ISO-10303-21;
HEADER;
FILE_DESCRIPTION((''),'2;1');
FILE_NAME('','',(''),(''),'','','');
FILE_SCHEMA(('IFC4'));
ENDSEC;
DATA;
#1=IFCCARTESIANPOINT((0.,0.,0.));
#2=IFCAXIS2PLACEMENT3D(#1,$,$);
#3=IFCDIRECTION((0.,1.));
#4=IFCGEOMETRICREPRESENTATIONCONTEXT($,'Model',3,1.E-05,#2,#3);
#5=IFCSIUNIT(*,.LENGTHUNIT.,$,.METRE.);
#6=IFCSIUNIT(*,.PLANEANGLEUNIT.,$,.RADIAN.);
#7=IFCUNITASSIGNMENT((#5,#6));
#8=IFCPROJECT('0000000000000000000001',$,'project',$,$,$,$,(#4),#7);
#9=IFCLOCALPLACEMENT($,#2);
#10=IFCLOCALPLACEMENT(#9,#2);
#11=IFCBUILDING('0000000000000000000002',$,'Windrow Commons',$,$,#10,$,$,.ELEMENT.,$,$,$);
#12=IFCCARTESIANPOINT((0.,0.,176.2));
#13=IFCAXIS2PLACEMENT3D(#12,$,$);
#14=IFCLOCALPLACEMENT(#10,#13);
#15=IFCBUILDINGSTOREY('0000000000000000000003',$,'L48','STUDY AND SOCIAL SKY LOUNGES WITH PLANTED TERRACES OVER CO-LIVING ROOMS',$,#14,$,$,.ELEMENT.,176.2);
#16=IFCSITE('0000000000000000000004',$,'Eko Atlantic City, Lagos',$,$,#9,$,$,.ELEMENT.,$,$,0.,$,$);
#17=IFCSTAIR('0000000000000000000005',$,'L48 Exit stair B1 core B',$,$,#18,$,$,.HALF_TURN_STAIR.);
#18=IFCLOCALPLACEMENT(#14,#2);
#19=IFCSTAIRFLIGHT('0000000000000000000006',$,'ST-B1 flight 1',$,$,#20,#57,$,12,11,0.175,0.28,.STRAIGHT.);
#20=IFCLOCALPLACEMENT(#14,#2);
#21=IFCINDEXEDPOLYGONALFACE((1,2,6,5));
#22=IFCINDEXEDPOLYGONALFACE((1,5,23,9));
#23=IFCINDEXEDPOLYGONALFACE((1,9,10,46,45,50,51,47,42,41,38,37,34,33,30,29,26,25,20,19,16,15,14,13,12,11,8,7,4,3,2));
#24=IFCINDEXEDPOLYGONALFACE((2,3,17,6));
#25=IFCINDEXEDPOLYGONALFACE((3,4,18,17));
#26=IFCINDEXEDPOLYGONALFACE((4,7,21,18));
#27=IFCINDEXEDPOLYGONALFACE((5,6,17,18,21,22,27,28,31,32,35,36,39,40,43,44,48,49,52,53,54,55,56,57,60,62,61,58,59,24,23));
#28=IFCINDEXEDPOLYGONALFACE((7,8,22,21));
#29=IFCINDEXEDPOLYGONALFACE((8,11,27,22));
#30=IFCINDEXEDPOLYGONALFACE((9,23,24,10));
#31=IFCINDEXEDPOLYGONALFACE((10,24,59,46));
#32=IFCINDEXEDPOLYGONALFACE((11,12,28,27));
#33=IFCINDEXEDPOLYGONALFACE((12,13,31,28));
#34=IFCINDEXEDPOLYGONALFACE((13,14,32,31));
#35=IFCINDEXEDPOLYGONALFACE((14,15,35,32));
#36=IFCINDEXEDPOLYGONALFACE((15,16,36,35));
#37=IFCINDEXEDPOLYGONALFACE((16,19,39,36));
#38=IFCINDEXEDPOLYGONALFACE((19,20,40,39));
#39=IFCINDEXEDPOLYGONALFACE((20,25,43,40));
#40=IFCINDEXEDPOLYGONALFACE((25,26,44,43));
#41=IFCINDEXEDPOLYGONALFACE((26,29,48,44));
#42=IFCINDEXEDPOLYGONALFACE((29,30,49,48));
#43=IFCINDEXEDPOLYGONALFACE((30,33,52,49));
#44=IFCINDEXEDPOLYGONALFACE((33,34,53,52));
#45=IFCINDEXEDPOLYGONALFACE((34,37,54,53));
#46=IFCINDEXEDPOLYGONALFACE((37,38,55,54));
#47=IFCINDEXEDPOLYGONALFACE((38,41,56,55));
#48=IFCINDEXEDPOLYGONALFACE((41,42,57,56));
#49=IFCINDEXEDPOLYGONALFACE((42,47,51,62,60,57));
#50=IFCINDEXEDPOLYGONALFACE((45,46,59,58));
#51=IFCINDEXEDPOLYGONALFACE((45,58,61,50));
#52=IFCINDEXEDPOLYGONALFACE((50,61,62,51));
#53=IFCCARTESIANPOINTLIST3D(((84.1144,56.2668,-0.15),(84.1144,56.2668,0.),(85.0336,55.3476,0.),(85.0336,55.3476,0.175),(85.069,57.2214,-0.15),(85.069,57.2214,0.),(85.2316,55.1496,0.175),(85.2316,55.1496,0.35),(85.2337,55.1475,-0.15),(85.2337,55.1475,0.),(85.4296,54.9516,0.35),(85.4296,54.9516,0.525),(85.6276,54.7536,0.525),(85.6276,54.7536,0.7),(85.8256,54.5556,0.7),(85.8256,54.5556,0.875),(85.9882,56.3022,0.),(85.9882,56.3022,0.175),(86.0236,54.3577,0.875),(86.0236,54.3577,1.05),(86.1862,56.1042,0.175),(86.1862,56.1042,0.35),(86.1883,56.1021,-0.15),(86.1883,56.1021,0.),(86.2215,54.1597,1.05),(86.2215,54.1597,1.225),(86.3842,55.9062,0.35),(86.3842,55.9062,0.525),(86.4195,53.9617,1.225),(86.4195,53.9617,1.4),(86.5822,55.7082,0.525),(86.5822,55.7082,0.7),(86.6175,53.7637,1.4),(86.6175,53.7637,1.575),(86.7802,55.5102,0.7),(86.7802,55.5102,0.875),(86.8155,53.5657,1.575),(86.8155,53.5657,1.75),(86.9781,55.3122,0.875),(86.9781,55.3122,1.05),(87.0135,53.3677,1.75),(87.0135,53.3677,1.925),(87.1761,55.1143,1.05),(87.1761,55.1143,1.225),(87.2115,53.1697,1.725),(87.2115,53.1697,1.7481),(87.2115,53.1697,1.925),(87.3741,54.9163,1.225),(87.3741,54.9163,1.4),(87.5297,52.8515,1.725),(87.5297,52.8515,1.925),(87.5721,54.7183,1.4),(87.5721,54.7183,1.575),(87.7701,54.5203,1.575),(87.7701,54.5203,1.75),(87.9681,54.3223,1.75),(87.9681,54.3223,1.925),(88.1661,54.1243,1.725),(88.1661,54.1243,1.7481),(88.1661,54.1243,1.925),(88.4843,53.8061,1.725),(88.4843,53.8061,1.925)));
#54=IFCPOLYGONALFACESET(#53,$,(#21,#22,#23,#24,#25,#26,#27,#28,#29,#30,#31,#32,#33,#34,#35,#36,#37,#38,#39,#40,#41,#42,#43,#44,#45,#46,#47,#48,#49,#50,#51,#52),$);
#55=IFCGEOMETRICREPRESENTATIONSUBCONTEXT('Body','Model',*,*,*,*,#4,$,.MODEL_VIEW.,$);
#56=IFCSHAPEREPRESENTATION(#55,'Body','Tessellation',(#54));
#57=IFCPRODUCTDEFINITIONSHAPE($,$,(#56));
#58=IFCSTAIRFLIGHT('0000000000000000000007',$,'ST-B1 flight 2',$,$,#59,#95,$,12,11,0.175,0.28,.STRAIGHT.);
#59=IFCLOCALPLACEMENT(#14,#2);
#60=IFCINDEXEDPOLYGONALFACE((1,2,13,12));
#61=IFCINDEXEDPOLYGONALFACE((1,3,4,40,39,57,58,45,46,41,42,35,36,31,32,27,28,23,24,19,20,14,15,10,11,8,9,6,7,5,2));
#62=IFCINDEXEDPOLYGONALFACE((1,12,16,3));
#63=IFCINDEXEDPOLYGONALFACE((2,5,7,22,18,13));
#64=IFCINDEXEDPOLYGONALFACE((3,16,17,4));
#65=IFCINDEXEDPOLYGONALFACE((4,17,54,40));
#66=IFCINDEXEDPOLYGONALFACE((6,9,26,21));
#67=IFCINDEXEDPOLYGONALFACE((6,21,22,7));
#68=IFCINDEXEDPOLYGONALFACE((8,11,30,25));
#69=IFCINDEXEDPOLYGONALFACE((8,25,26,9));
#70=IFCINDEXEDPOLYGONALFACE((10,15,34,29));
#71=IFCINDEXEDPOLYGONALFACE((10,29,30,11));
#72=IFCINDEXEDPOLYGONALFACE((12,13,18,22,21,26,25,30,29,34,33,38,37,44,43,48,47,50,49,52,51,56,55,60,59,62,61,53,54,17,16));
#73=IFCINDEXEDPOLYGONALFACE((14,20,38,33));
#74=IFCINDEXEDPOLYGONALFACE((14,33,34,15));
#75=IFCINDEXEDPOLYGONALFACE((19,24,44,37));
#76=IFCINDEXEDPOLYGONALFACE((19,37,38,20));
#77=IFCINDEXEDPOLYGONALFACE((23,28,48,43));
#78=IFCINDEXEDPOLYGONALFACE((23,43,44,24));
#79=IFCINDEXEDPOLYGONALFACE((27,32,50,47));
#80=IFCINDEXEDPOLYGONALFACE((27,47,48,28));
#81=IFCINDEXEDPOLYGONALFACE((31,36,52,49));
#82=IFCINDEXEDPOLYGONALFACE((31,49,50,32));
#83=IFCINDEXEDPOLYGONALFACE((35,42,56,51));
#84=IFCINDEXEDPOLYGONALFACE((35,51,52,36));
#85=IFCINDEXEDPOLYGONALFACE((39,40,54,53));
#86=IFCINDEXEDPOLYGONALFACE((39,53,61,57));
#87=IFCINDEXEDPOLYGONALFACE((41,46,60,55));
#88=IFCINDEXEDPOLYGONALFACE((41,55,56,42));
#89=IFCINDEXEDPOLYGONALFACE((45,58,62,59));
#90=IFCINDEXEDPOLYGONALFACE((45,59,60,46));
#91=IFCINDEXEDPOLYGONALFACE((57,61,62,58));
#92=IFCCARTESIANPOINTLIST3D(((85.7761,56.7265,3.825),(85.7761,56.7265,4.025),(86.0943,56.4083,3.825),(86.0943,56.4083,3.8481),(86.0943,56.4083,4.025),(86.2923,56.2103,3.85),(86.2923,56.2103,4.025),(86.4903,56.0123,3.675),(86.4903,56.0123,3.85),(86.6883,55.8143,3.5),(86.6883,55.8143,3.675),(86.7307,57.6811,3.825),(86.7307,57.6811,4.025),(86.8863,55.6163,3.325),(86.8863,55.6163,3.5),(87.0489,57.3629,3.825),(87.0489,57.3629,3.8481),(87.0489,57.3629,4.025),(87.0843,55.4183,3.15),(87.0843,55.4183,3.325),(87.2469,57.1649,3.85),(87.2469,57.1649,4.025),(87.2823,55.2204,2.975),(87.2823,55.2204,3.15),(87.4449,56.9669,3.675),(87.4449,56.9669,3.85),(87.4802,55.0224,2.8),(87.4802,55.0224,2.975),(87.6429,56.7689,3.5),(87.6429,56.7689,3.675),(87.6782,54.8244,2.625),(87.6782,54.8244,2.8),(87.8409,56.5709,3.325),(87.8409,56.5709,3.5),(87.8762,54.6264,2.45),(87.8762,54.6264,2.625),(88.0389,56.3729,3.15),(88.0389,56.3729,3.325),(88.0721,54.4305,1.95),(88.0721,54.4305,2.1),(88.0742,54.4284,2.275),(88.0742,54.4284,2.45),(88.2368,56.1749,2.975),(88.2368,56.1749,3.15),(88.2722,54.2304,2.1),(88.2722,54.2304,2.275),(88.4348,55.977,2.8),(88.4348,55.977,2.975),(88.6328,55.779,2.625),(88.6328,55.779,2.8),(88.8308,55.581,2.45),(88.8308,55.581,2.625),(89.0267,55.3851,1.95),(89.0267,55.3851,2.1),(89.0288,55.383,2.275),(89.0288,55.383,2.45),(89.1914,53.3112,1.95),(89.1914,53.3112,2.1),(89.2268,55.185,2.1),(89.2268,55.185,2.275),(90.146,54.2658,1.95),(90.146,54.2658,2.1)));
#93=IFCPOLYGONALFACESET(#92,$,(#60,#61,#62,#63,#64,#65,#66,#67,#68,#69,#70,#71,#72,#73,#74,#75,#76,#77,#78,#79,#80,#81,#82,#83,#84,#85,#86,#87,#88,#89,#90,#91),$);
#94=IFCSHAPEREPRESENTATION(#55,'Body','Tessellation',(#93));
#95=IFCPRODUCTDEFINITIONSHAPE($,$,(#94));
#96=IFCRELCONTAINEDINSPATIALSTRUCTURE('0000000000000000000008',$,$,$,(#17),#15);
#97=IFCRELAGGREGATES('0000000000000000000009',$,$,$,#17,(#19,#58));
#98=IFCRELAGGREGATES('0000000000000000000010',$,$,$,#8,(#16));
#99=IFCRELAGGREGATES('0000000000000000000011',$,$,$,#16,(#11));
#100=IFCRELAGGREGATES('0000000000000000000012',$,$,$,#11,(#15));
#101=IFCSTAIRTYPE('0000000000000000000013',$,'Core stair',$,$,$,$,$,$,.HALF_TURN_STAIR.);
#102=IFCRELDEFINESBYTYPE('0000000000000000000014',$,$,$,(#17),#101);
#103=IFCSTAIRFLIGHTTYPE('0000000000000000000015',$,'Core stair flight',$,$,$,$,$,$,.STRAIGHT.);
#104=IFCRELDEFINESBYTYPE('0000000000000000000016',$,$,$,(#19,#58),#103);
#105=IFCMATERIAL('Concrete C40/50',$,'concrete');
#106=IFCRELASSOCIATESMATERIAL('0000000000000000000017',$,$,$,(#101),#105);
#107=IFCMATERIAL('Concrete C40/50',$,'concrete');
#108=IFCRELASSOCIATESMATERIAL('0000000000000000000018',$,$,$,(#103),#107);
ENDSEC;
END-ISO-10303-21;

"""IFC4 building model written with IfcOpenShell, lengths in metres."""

from ifc_helpers import new_model, si_unit, direction, frame, origin, place, context, subcontext, project, spatial, polyline, outline, extrude, material, type_object, element, aggregate, save


model = new_model("IFC4")

# Units and contexts
model_context = context("Model", 3, precision=1e-05, world=origin(), true_north=direction((0.0, 1.0)))
body_context = subcontext(model_context, "Body", "Model", "MODEL_VIEW")
ifc_project = project(units=[si_unit("LENGTHUNIT", "METRE"), si_unit("PLANEANGLEUNIT", "RADIAN")], contexts=[model_context])

# Site, building, storey
site_placement = place(None, origin())
site = spatial("IfcSite", under=ifc_project, at=site_placement, Name="Eko Atlantic City, Lagos", CompositionType="ELEMENT", RefElevation=0.0)
building_placement = place(site_placement, origin())
building = spatial("IfcBuilding", under=site, at=building_placement, Name="Windrow Commons", CompositionType="ELEMENT")
storey_placement = place(building_placement, frame((0.0, 0.0, 176.2)))
storey = spatial("IfcBuildingStorey", under=building, at=storey_placement, Name="L48", Description="STUDY AND SOCIAL SKY LOUNGES WITH PLANTED TERRACES OVER CO-LIVING ROOMS", CompositionType="ELEMENT", Elevation=176.2)

# Shared definitions
placement = place(storey_placement, origin())

# Stair, stair flights
ifc_material_1 = material(Name="Concrete C40/50", Category="concrete")
stair_type = type_object("IfcStairType", Name="Core stair", PredefinedType="HALF_TURN_STAIR", material=ifc_material_1)
stair = element("IfcStair", 1, at=placement, inside=storey, type_object=stair_type, Name="L48 Exit stair B1 core B", PredefinedType="HALF_TURN_STAIR")
ifc_material_2 = material(Name="Concrete C40/50", Category="concrete")
stair_flight_type = type_object("IfcStairFlightType", Name="Core stair flight", PredefinedType="STRAIGHT", material=ifc_material_2)
stair_flight_1_placement = place(storey_placement, frame((85.5109, 55.8249, 0.0), z_axis=(0.0, 0.0, 1.0), x_axis=(0.707107, -0.707107, 0.0)))
stair_flight_1 = element("IfcStairFlight", 2, at=stair_flight_1_placement, type_object=stair_flight_type, Name="ST-B1 flight 1", NumberOfRisers=12, NumberOfTreads=11, PredefinedType="STRAIGHT", RiserHeight=0.175, TreadLength=0.28, context=body_context, shape_type="SweptSolid", body=[
    extrude(outline(polyline([(-1.3, -0.15), (-1.3, 0.0), (0.0, 0.0), (0.0, 0.175), (0.28, 0.175), (0.28, 0.35), (0.56, 0.35), (0.56, 0.525), (0.84, 0.525), (0.84, 0.7), (1.12, 0.7), (1.12, 0.875), (1.4, 0.875), (1.4, 1.05), (1.68, 1.05), (1.68, 1.225), (1.96, 1.225), (1.96, 1.4), (2.24, 1.4), (2.24, 1.575), (2.52, 1.575), (2.52, 1.75), (2.8, 1.75), (2.8, 1.925), (3.08, 1.925), (3.53, 1.925), (3.53, 1.725), (3.08, 1.725), (3.08, 1.7481), (0.283, 0.0), (0.283, -0.15), (-1.3, -0.15)])), frame((0.0, 0.675, 0.0), z_axis=(0.0, -1.0, 0.0), x_axis=(1.0, 0.0, 0.0)), (0.0, 0.0, 1.0), 1.35),
])
stair_flight_2_placement = place(storey_placement, frame((88.7495, 54.7077, 2.1), z_axis=(0.0, 0.0, 1.0), x_axis=(-0.707107, 0.707107, 0.0)))
stair_flight_2 = element("IfcStairFlight", 3, at=stair_flight_2_placement, type_object=stair_flight_type, Name="ST-B1 flight 2", NumberOfRisers=12, NumberOfTreads=11, PredefinedType="STRAIGHT", RiserHeight=0.175, TreadLength=0.28, context=body_context, shape_type="SweptSolid", body=[
    extrude(outline(polyline([(-1.3, -0.15), (-1.3, 0.0), (0.0, 0.0), (0.0, 0.175), (0.28, 0.175), (0.28, 0.35), (0.56, 0.35), (0.56, 0.525), (0.84, 0.525), (0.84, 0.7), (1.12, 0.7), (1.12, 0.875), (1.4, 0.875), (1.4, 1.05), (1.68, 1.05), (1.68, 1.225), (1.96, 1.225), (1.96, 1.4), (2.24, 1.4), (2.24, 1.575), (2.52, 1.575), (2.52, 1.75), (2.8, 1.75), (2.8, 1.925), (3.08, 1.925), (3.53, 1.925), (3.53, 1.725), (3.08, 1.725), (3.08, 1.7481), (0.283, 0.0), (0.283, -0.15), (-1.3, -0.15)])), frame((0.0, 0.675, 0.0), z_axis=(0.0, -1.0, 0.0), x_axis=(1.0, 0.0, 0.0)), (0.0, 0.0, 1.0), 1.35),
])
aggregate(stair, [stair_flight_1, stair_flight_2])

save(model, "model.ifc")
